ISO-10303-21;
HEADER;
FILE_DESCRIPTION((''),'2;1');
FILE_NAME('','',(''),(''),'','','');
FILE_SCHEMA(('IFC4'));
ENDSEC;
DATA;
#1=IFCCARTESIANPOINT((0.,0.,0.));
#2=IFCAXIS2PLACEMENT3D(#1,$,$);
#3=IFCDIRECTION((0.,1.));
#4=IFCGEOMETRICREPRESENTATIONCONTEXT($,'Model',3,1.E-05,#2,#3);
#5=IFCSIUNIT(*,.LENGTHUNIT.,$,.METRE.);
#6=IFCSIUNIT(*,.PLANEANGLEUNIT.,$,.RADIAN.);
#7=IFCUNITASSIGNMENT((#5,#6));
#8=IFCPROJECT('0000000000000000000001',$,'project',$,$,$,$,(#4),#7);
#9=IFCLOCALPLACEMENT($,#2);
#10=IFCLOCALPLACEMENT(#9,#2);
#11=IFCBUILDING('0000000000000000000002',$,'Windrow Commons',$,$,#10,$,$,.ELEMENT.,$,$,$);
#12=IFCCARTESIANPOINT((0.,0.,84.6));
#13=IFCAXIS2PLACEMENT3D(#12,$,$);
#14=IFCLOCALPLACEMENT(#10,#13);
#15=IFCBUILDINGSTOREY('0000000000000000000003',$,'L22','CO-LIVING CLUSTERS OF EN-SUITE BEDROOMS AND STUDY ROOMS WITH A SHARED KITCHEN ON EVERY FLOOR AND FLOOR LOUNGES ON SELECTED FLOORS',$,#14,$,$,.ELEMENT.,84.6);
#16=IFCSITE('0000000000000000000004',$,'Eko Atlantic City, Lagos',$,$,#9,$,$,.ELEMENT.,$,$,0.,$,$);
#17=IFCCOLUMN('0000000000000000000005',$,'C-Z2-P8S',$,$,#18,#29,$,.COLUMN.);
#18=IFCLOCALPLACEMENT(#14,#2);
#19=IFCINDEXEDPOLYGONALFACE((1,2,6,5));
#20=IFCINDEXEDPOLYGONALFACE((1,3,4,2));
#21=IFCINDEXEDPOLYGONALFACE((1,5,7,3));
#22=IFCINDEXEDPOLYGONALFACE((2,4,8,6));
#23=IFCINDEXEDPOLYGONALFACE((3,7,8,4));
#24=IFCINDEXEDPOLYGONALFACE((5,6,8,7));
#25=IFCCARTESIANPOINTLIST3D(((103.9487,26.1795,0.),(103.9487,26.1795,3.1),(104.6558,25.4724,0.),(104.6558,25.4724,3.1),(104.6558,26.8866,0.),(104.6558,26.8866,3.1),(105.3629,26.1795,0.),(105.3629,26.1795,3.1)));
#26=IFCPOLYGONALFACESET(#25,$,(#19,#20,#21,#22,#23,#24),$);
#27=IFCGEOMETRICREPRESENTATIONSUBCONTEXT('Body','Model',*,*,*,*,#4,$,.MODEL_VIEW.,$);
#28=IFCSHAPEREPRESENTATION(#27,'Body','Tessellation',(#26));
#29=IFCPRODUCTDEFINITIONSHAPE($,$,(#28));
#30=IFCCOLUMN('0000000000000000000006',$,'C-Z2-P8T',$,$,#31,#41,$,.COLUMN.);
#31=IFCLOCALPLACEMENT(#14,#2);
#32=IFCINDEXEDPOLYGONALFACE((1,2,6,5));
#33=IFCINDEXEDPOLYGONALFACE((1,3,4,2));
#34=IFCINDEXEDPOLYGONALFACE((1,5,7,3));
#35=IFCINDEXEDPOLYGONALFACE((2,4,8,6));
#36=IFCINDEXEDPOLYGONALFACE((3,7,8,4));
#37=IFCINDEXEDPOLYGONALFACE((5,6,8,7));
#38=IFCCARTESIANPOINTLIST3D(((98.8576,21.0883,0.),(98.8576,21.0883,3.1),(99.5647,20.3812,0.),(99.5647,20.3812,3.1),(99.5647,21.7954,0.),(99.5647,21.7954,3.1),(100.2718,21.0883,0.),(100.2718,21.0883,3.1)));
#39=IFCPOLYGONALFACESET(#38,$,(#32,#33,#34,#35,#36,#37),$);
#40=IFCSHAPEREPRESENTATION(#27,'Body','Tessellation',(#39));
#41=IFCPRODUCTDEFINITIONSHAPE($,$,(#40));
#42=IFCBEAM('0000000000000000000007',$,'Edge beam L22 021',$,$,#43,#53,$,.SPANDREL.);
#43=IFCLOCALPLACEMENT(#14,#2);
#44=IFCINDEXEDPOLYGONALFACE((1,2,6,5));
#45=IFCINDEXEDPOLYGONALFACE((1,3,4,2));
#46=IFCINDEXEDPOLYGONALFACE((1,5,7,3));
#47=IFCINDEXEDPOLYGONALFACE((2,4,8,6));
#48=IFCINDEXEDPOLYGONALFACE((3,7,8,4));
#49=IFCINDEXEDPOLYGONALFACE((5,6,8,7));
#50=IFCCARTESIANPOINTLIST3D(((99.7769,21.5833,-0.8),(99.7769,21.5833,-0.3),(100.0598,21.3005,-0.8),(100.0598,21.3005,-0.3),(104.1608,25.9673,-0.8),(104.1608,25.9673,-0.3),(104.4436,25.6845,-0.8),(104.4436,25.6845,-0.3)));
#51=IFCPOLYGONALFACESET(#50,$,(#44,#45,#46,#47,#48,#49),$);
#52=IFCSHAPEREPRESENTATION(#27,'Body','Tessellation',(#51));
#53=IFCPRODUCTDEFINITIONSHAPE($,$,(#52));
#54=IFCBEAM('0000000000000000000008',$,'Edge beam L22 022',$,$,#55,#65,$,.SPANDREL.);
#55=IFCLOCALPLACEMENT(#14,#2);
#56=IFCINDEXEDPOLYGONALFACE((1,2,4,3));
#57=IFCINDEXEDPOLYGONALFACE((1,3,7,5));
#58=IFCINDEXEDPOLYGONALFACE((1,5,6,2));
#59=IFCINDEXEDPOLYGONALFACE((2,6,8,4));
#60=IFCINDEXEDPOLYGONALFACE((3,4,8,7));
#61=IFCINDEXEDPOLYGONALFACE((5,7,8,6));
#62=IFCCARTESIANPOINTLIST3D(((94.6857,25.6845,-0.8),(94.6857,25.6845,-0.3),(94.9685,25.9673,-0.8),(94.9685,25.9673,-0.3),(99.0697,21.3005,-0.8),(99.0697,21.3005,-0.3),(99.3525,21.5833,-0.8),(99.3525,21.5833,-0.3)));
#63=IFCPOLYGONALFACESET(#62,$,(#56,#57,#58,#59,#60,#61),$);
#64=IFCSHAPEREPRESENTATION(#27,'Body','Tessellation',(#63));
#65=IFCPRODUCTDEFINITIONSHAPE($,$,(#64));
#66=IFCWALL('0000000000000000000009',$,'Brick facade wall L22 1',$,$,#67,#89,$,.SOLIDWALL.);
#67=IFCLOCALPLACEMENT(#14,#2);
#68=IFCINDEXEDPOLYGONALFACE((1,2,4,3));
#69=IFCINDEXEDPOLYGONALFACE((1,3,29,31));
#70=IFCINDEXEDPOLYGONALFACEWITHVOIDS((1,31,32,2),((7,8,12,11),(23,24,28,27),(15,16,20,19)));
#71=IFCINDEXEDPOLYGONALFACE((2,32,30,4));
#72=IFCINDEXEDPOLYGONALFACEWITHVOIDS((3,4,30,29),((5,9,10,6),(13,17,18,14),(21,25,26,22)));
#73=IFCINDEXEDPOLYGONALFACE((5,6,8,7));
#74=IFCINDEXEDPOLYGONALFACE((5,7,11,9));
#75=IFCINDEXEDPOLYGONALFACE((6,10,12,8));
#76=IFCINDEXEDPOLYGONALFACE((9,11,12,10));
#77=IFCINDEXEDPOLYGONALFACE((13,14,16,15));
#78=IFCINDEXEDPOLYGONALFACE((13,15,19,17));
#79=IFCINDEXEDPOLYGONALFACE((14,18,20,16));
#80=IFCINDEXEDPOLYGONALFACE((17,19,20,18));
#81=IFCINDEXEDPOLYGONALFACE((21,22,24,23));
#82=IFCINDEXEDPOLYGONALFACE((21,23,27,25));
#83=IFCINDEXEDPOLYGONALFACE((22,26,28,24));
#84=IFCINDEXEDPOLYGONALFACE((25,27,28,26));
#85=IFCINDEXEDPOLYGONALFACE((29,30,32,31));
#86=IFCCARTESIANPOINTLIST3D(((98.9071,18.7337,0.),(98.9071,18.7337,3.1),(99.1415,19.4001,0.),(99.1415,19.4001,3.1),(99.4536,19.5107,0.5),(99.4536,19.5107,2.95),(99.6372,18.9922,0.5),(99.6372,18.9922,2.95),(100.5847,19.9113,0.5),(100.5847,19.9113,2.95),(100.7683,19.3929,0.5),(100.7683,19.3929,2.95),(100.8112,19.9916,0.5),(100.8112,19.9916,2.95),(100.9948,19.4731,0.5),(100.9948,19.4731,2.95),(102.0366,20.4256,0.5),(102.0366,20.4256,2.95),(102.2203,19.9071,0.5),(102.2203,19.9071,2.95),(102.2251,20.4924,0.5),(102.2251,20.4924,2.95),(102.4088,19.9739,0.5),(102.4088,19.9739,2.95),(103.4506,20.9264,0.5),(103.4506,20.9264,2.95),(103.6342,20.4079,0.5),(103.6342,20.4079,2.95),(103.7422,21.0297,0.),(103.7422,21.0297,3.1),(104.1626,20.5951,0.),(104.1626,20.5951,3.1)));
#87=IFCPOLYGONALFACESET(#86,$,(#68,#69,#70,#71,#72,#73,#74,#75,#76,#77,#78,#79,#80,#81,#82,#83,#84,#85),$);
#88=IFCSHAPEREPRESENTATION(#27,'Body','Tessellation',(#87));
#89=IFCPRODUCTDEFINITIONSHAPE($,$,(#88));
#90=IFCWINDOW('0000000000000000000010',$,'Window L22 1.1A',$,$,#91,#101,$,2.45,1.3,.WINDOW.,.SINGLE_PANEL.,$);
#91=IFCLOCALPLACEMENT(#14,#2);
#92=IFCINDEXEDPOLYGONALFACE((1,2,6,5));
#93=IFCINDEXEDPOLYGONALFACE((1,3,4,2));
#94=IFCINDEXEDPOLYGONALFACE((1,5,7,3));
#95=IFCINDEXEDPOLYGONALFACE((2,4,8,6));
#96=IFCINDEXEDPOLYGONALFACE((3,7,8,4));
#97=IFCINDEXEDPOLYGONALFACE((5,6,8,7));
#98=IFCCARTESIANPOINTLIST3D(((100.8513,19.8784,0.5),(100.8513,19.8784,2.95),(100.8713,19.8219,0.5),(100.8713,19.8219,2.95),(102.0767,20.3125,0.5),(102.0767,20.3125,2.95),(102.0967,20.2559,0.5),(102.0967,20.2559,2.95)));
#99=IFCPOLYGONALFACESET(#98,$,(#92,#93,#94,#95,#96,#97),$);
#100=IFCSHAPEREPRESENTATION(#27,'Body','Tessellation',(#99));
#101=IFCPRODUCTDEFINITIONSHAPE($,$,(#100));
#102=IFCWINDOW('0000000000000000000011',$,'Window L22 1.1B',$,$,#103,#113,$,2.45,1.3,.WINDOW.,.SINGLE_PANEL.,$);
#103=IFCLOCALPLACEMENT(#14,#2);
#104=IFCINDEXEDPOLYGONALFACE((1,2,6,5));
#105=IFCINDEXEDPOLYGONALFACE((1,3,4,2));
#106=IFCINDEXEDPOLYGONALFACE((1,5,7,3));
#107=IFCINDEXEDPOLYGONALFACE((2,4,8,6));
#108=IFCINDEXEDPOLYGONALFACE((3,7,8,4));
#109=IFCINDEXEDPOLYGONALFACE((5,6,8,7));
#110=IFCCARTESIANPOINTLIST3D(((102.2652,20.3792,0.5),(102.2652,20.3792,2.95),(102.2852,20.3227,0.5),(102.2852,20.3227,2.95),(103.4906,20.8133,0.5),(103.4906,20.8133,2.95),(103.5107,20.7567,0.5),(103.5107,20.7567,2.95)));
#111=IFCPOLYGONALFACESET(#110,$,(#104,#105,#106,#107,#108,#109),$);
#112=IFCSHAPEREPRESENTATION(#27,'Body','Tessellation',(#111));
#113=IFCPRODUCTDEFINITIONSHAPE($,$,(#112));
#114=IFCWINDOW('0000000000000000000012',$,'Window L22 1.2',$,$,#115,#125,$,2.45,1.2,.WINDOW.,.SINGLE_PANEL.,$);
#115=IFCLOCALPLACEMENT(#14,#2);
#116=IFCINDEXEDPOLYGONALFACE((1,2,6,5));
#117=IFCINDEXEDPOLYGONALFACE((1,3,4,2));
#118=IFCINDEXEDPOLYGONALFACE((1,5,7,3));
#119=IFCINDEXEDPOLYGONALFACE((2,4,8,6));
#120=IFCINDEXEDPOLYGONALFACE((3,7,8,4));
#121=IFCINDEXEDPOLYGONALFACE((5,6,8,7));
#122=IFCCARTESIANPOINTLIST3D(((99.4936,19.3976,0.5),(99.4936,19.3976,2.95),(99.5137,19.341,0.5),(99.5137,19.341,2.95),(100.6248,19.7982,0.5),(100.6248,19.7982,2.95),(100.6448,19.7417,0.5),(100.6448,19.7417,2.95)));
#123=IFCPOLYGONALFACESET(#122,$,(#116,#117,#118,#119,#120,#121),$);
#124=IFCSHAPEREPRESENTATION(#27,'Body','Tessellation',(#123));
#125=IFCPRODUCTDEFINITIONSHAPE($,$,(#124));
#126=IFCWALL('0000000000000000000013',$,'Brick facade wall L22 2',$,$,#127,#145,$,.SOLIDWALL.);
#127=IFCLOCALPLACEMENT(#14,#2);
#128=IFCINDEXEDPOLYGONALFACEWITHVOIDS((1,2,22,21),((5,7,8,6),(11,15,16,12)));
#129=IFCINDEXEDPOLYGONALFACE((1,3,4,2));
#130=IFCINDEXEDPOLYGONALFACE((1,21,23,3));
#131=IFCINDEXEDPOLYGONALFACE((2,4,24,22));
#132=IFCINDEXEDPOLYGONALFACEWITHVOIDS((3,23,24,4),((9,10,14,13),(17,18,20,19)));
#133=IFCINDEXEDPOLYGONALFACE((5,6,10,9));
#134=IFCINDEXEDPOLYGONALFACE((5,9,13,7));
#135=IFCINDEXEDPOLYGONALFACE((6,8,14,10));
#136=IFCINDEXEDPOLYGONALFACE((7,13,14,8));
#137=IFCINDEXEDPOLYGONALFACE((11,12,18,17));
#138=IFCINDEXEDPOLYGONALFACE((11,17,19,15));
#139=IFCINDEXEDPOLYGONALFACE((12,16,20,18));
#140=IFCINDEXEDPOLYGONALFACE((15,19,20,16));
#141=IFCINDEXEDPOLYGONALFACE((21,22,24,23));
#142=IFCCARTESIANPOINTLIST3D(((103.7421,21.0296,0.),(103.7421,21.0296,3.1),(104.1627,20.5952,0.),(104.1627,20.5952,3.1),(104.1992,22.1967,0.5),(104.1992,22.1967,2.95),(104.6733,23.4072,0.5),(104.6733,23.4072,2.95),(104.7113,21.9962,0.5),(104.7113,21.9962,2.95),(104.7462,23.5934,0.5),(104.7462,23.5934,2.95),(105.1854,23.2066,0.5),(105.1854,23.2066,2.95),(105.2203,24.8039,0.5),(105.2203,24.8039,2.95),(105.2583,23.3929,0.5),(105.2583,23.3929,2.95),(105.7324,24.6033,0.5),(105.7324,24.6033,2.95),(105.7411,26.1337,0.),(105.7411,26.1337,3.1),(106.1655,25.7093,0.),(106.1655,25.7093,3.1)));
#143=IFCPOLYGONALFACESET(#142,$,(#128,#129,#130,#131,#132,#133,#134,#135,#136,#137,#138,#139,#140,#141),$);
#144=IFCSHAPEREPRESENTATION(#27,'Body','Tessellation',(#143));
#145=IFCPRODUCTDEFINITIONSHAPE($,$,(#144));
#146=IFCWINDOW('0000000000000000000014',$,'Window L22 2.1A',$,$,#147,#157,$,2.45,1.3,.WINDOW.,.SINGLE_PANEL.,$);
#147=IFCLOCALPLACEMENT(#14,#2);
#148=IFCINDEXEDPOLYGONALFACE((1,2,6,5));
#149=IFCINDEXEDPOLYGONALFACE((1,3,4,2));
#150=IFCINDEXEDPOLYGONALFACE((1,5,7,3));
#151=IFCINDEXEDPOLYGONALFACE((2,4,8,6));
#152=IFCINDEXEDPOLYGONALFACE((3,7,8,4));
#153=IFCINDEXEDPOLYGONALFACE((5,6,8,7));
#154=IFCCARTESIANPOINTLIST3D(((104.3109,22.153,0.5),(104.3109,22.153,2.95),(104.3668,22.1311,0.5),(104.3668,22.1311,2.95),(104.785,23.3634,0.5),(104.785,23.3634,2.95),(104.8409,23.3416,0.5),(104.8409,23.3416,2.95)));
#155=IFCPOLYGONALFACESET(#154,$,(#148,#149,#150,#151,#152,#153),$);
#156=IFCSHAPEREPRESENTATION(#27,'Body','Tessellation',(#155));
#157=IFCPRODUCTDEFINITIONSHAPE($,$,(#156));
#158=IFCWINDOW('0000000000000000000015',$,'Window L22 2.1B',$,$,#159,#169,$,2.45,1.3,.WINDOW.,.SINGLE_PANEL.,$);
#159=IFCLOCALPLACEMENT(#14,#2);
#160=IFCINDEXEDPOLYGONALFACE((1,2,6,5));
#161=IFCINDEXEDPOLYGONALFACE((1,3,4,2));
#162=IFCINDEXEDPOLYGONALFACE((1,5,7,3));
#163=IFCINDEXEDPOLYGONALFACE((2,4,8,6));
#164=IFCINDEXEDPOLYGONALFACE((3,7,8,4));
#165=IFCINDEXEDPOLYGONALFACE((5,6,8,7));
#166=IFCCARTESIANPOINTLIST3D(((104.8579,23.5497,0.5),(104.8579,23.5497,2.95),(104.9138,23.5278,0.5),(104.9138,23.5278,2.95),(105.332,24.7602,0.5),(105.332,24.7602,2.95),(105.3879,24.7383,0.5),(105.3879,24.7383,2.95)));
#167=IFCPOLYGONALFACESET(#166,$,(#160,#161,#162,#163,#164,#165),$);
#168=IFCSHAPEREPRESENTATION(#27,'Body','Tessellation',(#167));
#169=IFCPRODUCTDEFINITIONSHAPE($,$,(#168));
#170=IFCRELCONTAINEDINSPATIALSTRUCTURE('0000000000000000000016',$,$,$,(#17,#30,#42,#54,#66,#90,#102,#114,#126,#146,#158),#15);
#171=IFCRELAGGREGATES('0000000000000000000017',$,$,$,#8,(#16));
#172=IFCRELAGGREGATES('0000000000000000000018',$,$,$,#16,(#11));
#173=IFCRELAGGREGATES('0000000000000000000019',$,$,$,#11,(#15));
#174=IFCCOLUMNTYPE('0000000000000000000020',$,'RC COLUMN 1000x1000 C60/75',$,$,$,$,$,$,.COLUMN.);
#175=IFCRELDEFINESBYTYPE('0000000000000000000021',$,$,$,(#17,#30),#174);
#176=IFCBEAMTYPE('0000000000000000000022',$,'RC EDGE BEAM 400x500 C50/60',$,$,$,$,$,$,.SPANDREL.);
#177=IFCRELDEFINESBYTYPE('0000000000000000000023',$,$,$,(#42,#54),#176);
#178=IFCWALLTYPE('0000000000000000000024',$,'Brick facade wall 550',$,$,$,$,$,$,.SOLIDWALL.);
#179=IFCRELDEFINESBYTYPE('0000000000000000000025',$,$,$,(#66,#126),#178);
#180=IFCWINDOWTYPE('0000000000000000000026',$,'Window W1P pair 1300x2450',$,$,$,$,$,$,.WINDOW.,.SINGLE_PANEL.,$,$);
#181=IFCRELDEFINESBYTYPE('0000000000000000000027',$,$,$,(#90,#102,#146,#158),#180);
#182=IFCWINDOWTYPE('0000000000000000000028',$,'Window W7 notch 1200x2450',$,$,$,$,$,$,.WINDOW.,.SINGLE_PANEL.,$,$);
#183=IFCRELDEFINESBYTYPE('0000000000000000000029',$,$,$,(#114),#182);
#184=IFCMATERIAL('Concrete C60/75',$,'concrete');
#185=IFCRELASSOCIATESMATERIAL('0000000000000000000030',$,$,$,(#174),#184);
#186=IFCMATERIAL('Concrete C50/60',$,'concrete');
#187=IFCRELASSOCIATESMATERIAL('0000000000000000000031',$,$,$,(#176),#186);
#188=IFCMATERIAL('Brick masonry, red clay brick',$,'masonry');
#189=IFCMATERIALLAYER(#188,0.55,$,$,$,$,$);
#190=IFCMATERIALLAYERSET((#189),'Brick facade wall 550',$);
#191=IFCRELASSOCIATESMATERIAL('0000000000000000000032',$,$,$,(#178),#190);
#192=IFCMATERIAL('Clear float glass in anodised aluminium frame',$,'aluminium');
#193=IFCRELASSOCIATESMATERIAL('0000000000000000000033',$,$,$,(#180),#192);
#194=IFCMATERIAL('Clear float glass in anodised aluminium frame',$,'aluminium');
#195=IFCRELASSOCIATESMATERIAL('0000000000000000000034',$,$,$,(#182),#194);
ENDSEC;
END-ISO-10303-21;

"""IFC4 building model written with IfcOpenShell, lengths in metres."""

from ifc_helpers import new_model, si_unit, direction, frame, frame_2d, origin, origin_2d, place, context, subcontext, project, spatial, polyline, rectangle, outline, extrude, material, layer, layer_set, material_profile, profile_set, type_object, element, fill, save


model = new_model("IFC4")

# Units and contexts
model_context = context("Model", 3, precision=1e-05, world=origin(), true_north=direction((0.0, 1.0)))
body_context = subcontext(model_context, "Body", "Model", "MODEL_VIEW")
ifc_project = project(units=[si_unit("LENGTHUNIT", "METRE"), si_unit("PLANEANGLEUNIT", "RADIAN")], contexts=[model_context])

# Site, building, storey
site_placement = place(None, origin())
site = spatial("IfcSite", under=ifc_project, at=site_placement, Name="Eko Atlantic City, Lagos", CompositionType="ELEMENT", RefElevation=0.0)
building_placement = place(site_placement, origin())
building = spatial("IfcBuilding", under=site, at=building_placement, Name="Windrow Commons", CompositionType="ELEMENT")
storey_placement = place(building_placement, frame((0.0, 0.0, 84.6)))
storey = spatial("IfcBuildingStorey", under=building, at=storey_placement, Name="L22", Description="CO-LIVING CLUSTERS OF EN-SUITE BEDROOMS AND STUDY ROOMS WITH A SHARED KITCHEN ON EVERY FLOOR AND FLOOR LOUNGES ON SELECTED FLOORS", CompositionType="ELEMENT", Elevation=84.6)

# Columns
ifc_material_1 = material(Name="Concrete C60/75", Category="concrete")
ifc_material_profile_1 = material_profile(ifc_material_1, rectangle(XDim=1.0, YDim=1.0, at=origin_2d()))
ifc_profile_set_1 = profile_set([ifc_material_profile_1], Name="Concrete C60/75")
column_type = type_object("IfcColumnType", Name="RC COLUMN 1000x1000 C60/75", PredefinedType="COLUMN", material=ifc_profile_set_1)
for number, where, z_axis, x_axis, name in (
    (1, (104.6558, 26.1795, 0.0), (0.0, 0.0, 1.0), (0.707107, -0.707107, 0.0), "C-Z2-P8S"),
    (2, (99.5647, 21.0883, 0.0), (0.0, 0.0, 1.0), (0.707107, -0.707107, 0.0), "C-Z2-P8T"),
):
    element("IfcColumn", number, at=place(storey_placement, frame(where, z_axis=z_axis, x_axis=x_axis)), inside=storey, type_object=column_type, Name=name, PredefinedType="COLUMN", context=body_context, shape_type="SweptSolid", body=[
        extrude(rectangle(XDim=1.0, YDim=1.0, at=origin_2d()), origin(), (0.0, 0.0, 1.0), 3.1),
    ])

# Beams
ifc_material_2 = material(Name="Concrete C50/60", Category="concrete")
ifc_material_profile_2 = material_profile(ifc_material_2, rectangle(XDim=0.4, YDim=0.5, at=origin_2d()))
ifc_profile_set_2 = profile_set([ifc_material_profile_2], Name="Concrete C50/60")
beam_type = type_object("IfcBeamType", Name="RC EDGE BEAM 400x500 C50/60", PredefinedType="SPANDREL", material=ifc_profile_set_2)
beam_1_placement = place(storey_placement, frame((104.3022, 25.8259, -0.55), z_axis=(-0.707099, -0.707115, 0.0), x_axis=(0.707115, -0.707099, 0.0)))
element("IfcBeam", 3, at=beam_1_placement, inside=storey, type_object=beam_type, Name="Edge beam L22 021", PredefinedType="SPANDREL", context=body_context, shape_type="SweptSolid", body=[
    extrude(rectangle(XDim=0.4, YDim=0.5, at=origin_2d()), origin(), (0.0, 0.0, 1.0), 6.1998),
])
beam_2_placement = place(storey_placement, frame((99.2111, 21.4419, -0.55), z_axis=(-0.707107, 0.707107, 0.0), x_axis=(-0.707107, -0.707107, 0.0)))
element("IfcBeam", 4, at=beam_2_placement, inside=storey, type_object=beam_type, Name="Edge beam L22 022", PredefinedType="SPANDREL", context=body_context, shape_type="SweptSolid", body=[
    extrude(rectangle(XDim=0.4, YDim=0.5, at=origin_2d()), origin(), (0.0, 0.0, 1.0), 6.1999),
])

# Walls, openings, windows
ifc_material_3 = material(Name="Brick masonry, red clay brick", Category="masonry")
ifc_layer_1 = layer(ifc_material_3, 0.55)
ifc_layer_set_1 = layer_set([ifc_layer_1], Name="Brick facade wall 550")
wall_type_1 = type_object("IfcWallType", Name="Brick facade wall 550", PredefinedType="SOLIDWALL", material=ifc_layer_set_1)
wall_1_placement = place(storey_placement, frame((99.0243, 19.0669, 0.0), z_axis=(0.0, 0.0, 1.0), x_axis=(0.942619, 0.333869, 0.0)))
wall_1 = element("IfcWall", 5, at=wall_1_placement, inside=storey, type_object=wall_type_1, Name="Brick facade wall L22 1", PredefinedType="SOLIDWALL", context=body_context, shape_type="SweptSolid", body=[
    extrude(outline(polyline([(-0.2217, -0.275), (5.3537, -0.275), (5.1025, 0.275), (0.2217, 0.275), (-0.2217, -0.275)])), origin(), (0.0, 0.0, 1.0), 3.1),
])
opening_1_placement = place(wall_1_placement, frame((1.9931, 0.0, 0.5)))
opening_1 = element("IfcOpeningElement", 6, at=opening_1_placement, cuts=wall_1, PredefinedType="OPENING", context=body_context, shape_type="SweptSolid", body=[
    extrude(rectangle(XDim=1.3, YDim=2.45, at=frame_2d((0.65, 1.225))), frame((0.0, 0.285, 0.0), z_axis=(0.0, -1.0, 0.0), x_axis=(1.0, 0.0, 0.0)), (0.0, 0.0, 1.0), 0.57),
])
opening_2_placement = place(wall_1_placement, frame((3.4931, 0.0, 0.5)))
opening_2 = element("IfcOpeningElement", 7, at=opening_2_placement, cuts=wall_1, PredefinedType="OPENING", context=body_context, shape_type="SweptSolid", body=[
    extrude(rectangle(XDim=1.3, YDim=2.45, at=frame_2d((0.65, 1.225))), frame((0.0, 0.285, 0.0), z_axis=(0.0, -1.0, 0.0), x_axis=(1.0, 0.0, 0.0)), (0.0, 0.0, 1.0), 0.57),
])
opening_3_placement = place(wall_1_placement, frame((0.5528, 0.0, 0.5)))
opening_3 = element("IfcOpeningElement", 8, at=opening_3_placement, cuts=wall_1, PredefinedType="OPENING", context=body_context, shape_type="SweptSolid", body=[
    extrude(rectangle(XDim=1.2, YDim=2.45, at=frame_2d((0.6, 1.225))), frame((0.0, 0.285, 0.0), z_axis=(0.0, -1.0, 0.0), x_axis=(1.0, 0.0, 0.0)), (0.0, 0.0, 1.0), 0.57),
])
ifc_material_4 = material(Name="Clear float glass in anodised aluminium frame", Category="aluminium")
window_type_1 = type_object("IfcWindowType", Name="Window W1P pair 1300x2450", PartitioningType="SINGLE_PANEL", PredefinedType="WINDOW", material=ifc_material_4)
window_1_placement = place(opening_1_placement, origin())
window_1 = element("IfcWindow", 9, at=window_1_placement, inside=storey, type_object=window_type_1, Name="Window L22 1.1A", OverallHeight=2.45, OverallWidth=1.3, PartitioningType="SINGLE_PANEL", PredefinedType="WINDOW", context=body_context, shape_type="SweptSolid", body=[
    extrude(rectangle(XDim=1.3, YDim=2.45, at=frame_2d((0.65, 1.225))), frame((0.0, 0.155, 0.0), z_axis=(0.0, -1.0, 0.0), x_axis=(1.0, 0.0, 0.0)), (0.0, 0.0, 1.0), 0.06),
])
fill(opening_1, window_1)
window_2_placement = place(opening_2_placement, origin())
window_2 = element("IfcWindow", 10, at=window_2_placement, inside=storey, type_object=window_type_1, Name="Window L22 1.1B", OverallHeight=2.45, OverallWidth=1.3, PartitioningType="SINGLE_PANEL", PredefinedType="WINDOW", context=body_context, shape_type="SweptSolid", body=[
    extrude(rectangle(XDim=1.3, YDim=2.45, at=frame_2d((0.65, 1.225))), frame((0.0, 0.155, 0.0), z_axis=(0.0, -1.0, 0.0), x_axis=(1.0, 0.0, 0.0)), (0.0, 0.0, 1.0), 0.06),
])
fill(opening_2, window_2)
ifc_material_5 = material(Name="Clear float glass in anodised aluminium frame", Category="aluminium")
window_type_2 = type_object("IfcWindowType", Name="Window W7 notch 1200x2450", PartitioningType="SINGLE_PANEL", PredefinedType="WINDOW", material=ifc_material_5)
window_3_placement = place(opening_3_placement, origin())
window_3 = element("IfcWindow", 11, at=window_3_placement, inside=storey, type_object=window_type_2, Name="Window L22 1.2", OverallHeight=2.45, OverallWidth=1.2, PartitioningType="SINGLE_PANEL", PredefinedType="WINDOW", context=body_context, shape_type="SweptSolid", body=[
    extrude(rectangle(XDim=1.2, YDim=2.45, at=frame_2d((0.6, 1.225))), frame((0.0, 0.155, 0.0), z_axis=(0.0, -1.0, 0.0), x_axis=(1.0, 0.0, 0.0)), (0.0, 0.0, 1.0), 0.06),
])
fill(opening_3, window_3)
wall_2_placement = place(storey_placement, frame((103.9524, 20.8124, 0.0), z_axis=(0.0, 0.0, 1.0), x_axis=(0.364666, 0.931138, 0.0)))
wall_2 = element("IfcWall", 12, at=wall_2_placement, inside=storey, type_object=wall_type_1, Name="Brick facade wall L22 2", PredefinedType="SOLIDWALL", context=body_context, shape_type="SweptSolid", body=[
    extrude(outline(polyline([(-0.1256, -0.275), (5.3667, -0.275), (5.6071, 0.275), (0.1256, 0.275), (-0.1256, -0.275)])), origin(), (0.0, 0.0, 1.0), 3.1),
])
opening_4_placement = place(wall_2_placement, frame((1.379, 0.0, 0.5)))
opening_4 = element("IfcOpeningElement", 13, at=opening_4_placement, cuts=wall_2, PredefinedType="OPENING", context=body_context, shape_type="SweptSolid", body=[
    extrude(rectangle(XDim=1.3, YDim=2.45, at=frame_2d((0.65, 1.225))), frame((0.0, 0.285, 0.0), z_axis=(0.0, -1.0, 0.0), x_axis=(1.0, 0.0, 0.0)), (0.0, 0.0, 1.0), 0.57),
])
opening_5_placement = place(wall_2_placement, frame((2.879, 0.0, 0.5)))
opening_5 = element("IfcOpeningElement", 14, at=opening_5_placement, cuts=wall_2, PredefinedType="OPENING", context=body_context, shape_type="SweptSolid", body=[
    extrude(rectangle(XDim=1.3, YDim=2.45, at=frame_2d((0.65, 1.225))), frame((0.0, 0.285, 0.0), z_axis=(0.0, -1.0, 0.0), x_axis=(1.0, 0.0, 0.0)), (0.0, 0.0, 1.0), 0.57),
])
window_4_placement = place(opening_4_placement, origin())
window_4 = element("IfcWindow", 15, at=window_4_placement, inside=storey, type_object=window_type_1, Name="Window L22 2.1A", OverallHeight=2.45, OverallWidth=1.3, PartitioningType="SINGLE_PANEL", PredefinedType="WINDOW", context=body_context, shape_type="SweptSolid", body=[
    extrude(rectangle(XDim=1.3, YDim=2.45, at=frame_2d((0.65, 1.225))), frame((0.0, 0.155, 0.0), z_axis=(0.0, -1.0, 0.0), x_axis=(1.0, 0.0, 0.0)), (0.0, 0.0, 1.0), 0.06),
])
fill(opening_4, window_4)
window_5_placement = place(opening_5_placement, origin())
window_5 = element("IfcWindow", 16, at=window_5_placement, inside=storey, type_object=window_type_1, Name="Window L22 2.1B", OverallHeight=2.45, OverallWidth=1.3, PartitioningType="SINGLE_PANEL", PredefinedType="WINDOW", context=body_context, shape_type="SweptSolid", body=[
    extrude(rectangle(XDim=1.3, YDim=2.45, at=frame_2d((0.65, 1.225))), frame((0.0, 0.155, 0.0), z_axis=(0.0, -1.0, 0.0), x_axis=(1.0, 0.0, 0.0)), (0.0, 0.0, 1.0), 0.06),
])
fill(opening_5, window_5)

save(model, "model.ifc")
